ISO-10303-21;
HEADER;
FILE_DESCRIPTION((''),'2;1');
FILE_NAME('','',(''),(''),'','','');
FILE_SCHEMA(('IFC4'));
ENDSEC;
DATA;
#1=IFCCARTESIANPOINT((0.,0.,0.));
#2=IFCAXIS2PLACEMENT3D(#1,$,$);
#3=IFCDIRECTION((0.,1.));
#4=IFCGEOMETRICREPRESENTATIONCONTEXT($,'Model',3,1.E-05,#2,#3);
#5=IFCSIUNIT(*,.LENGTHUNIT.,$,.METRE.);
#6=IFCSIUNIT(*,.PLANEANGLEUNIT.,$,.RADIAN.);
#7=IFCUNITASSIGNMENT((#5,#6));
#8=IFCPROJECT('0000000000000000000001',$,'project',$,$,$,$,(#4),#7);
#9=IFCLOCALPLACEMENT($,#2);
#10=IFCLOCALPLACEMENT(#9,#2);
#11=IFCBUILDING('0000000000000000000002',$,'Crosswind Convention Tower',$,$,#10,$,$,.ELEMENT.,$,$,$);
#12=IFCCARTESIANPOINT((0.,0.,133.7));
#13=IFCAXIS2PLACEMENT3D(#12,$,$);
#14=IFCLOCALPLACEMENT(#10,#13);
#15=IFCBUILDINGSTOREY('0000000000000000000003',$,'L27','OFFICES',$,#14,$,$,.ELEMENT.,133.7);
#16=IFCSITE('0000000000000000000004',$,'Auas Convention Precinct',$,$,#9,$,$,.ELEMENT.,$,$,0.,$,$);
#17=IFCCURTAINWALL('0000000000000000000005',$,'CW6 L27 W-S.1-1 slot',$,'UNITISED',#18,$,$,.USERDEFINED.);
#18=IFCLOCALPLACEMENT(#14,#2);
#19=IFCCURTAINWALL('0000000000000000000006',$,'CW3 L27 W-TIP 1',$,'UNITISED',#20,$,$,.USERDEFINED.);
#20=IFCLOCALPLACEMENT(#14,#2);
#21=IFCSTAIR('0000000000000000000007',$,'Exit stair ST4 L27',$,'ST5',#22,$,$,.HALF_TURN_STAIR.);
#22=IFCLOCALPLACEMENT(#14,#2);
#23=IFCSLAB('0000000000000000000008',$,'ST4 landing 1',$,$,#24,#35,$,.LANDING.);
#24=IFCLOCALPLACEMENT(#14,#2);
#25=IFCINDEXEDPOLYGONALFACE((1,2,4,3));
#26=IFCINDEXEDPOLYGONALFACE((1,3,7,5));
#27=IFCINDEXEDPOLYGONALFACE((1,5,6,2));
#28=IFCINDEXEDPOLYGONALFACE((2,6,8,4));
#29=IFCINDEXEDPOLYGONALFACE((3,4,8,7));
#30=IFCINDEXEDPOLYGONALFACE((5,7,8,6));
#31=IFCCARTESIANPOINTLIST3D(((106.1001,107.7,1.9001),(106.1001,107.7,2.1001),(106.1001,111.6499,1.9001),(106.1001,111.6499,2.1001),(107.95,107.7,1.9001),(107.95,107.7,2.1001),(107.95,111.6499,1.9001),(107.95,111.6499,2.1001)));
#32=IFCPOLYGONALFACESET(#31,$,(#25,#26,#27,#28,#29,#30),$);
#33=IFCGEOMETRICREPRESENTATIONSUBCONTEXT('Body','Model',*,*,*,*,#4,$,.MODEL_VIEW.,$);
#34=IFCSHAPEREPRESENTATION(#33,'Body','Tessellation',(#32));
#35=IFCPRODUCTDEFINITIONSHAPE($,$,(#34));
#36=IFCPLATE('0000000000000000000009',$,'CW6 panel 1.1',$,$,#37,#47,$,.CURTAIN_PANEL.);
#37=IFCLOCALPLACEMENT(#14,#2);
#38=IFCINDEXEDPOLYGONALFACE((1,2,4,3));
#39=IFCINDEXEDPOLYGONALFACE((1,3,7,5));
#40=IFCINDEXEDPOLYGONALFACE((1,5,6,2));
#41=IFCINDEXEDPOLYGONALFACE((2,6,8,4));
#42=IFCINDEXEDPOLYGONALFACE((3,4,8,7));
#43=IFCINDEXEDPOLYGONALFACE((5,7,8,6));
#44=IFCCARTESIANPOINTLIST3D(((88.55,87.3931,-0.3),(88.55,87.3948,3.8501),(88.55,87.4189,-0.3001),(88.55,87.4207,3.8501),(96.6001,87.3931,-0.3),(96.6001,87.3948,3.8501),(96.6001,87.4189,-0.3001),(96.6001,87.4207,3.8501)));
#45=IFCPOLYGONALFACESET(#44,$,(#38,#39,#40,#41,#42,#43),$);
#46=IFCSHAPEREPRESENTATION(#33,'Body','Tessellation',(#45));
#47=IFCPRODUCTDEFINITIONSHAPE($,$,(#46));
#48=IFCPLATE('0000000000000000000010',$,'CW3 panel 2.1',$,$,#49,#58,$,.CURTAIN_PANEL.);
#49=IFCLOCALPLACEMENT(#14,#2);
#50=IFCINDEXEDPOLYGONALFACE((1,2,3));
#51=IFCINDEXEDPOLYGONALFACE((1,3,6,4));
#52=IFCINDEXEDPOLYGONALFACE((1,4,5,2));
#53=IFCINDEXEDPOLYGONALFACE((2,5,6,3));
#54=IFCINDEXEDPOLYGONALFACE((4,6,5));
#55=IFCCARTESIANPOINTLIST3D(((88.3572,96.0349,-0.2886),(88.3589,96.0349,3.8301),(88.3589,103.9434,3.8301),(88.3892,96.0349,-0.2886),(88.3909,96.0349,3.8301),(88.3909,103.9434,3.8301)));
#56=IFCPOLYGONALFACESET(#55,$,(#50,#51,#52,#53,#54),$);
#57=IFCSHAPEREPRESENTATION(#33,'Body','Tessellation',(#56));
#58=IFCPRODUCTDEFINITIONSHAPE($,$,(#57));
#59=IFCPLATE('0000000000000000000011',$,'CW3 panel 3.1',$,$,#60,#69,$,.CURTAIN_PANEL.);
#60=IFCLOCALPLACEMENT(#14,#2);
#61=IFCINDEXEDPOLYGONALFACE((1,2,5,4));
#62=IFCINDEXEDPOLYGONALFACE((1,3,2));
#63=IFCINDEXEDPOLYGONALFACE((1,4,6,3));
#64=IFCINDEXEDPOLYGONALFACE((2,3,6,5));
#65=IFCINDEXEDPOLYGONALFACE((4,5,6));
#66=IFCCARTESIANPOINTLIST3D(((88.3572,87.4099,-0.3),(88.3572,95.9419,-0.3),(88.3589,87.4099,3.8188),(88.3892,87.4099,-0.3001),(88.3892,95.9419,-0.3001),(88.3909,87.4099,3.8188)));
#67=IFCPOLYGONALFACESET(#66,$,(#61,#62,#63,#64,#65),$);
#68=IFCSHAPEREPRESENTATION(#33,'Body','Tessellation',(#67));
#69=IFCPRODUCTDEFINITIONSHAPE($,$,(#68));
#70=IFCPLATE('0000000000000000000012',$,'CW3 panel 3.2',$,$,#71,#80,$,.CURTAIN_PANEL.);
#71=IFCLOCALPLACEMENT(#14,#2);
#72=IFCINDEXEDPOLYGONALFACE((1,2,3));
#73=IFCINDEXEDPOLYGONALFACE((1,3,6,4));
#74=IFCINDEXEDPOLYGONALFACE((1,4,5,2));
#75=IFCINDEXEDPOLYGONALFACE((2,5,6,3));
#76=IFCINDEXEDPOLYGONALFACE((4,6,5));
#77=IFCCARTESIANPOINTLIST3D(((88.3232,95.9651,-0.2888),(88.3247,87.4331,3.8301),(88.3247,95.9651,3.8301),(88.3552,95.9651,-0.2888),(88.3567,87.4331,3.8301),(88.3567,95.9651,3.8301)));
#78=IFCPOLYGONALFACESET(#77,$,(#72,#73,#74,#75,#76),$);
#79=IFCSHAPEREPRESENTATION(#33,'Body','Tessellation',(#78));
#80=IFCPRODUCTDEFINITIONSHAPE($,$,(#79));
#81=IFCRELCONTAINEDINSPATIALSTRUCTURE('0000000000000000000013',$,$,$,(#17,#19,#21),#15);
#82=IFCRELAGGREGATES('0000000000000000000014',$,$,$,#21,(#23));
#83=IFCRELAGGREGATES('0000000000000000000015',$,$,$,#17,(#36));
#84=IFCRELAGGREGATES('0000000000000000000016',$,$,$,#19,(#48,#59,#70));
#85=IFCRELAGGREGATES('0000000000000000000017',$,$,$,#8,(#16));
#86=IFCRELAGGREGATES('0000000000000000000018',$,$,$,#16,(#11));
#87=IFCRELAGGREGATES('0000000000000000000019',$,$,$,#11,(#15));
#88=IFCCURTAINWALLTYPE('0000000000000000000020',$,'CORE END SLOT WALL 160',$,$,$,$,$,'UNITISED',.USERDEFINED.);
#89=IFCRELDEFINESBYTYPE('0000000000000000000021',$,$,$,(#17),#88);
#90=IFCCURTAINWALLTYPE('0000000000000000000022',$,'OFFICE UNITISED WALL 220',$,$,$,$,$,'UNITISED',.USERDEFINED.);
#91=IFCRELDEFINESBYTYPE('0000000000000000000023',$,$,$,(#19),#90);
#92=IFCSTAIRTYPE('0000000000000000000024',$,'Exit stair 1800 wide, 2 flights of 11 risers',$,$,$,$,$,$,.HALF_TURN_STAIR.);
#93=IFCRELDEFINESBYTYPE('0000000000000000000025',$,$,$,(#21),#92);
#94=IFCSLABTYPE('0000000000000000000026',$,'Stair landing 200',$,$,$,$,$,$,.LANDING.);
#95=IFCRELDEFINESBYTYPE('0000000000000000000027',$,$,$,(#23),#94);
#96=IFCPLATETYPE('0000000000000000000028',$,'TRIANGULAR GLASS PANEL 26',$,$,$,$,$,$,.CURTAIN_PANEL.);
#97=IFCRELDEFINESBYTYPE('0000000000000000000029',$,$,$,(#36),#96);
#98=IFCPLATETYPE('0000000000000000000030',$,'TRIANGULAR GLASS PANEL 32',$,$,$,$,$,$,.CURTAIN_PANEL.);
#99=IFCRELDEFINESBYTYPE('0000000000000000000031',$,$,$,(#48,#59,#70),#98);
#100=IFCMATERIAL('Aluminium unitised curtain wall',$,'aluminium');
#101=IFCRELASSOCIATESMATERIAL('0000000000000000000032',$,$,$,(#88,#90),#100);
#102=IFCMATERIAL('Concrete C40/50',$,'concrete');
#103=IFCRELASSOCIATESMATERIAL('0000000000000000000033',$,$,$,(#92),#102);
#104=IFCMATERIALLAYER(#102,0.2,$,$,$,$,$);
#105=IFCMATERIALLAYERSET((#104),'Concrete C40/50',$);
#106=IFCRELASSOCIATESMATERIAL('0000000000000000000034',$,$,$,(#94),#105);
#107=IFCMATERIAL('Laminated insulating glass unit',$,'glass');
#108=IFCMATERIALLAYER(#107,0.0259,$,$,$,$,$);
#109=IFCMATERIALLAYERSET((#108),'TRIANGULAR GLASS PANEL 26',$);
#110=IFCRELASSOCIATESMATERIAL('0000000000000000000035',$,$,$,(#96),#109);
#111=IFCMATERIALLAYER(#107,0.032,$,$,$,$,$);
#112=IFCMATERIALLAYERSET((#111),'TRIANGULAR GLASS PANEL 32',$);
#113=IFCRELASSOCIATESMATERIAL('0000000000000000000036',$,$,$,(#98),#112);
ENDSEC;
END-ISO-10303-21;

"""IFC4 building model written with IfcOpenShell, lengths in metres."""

from ifc_helpers import new_model, si_unit, direction, frame, origin, place, context, subcontext, project, spatial, polyline, outline, extrude, material, layer, layer_set, type_object, element, aggregate, save


model = new_model("IFC4")

# Units and contexts
model_context = context("Model", 3, precision=1e-05, world=origin(), true_north=direction((0.0, 1.0)))
body_context = subcontext(model_context, "Body", "Model", "MODEL_VIEW")
ifc_project = project(units=[si_unit("LENGTHUNIT", "METRE"), si_unit("PLANEANGLEUNIT", "RADIAN")], contexts=[model_context])

# Site, building, storey
site_placement = place(None, origin())
site = spatial("IfcSite", under=ifc_project, at=site_placement, Name="Auas Convention Precinct", CompositionType="ELEMENT", RefElevation=0.0)
building_placement = place(site_placement, origin())
building = spatial("IfcBuilding", under=site, at=building_placement, Name="Crosswind Convention Tower", CompositionType="ELEMENT")
storey_placement = place(building_placement, frame((0.0, 0.0, 133.7)))
storey = spatial("IfcBuildingStorey", under=building, at=storey_placement, Name="L27", Description="OFFICES", CompositionType="ELEMENT", Elevation=133.7)

# Curtain wall
ifc_material_1 = material(Name="Aluminium unitised curtain wall", Category="aluminium")
curtain_wall_type_1 = type_object("IfcCurtainWallType", Name="CORE END SLOT WALL 160", ElementType="UNITISED", PredefinedType="USERDEFINED", material=ifc_material_1)
curtain_wall_1_placement = place(storey_placement, origin())
curtain_wall_1 = element("IfcCurtainWall", 1, at=curtain_wall_1_placement, inside=storey, type_object=curtain_wall_type_1, Name="CW6 L27 W-S.1-1 slot", ObjectType="UNITISED", PredefinedType="USERDEFINED")

# Curtain wall
curtain_wall_type_2 = type_object("IfcCurtainWallType", Name="OFFICE UNITISED WALL 220", ElementType="UNITISED", PredefinedType="USERDEFINED", material=ifc_material_1)
curtain_wall_2_placement = place(storey_placement, origin())
curtain_wall_2 = element("IfcCurtainWall", 2, at=curtain_wall_2_placement, inside=storey, type_object=curtain_wall_type_2, Name="CW3 L27 W-TIP 1", ObjectType="UNITISED", PredefinedType="USERDEFINED")

# Shared definitions
ifc_material_2 = material(Name="Concrete C40/50", Category="concrete")

# Stair, slab
stair_type = type_object("IfcStairType", Name="Exit stair 1800 wide, 2 flights of 11 risers", PredefinedType="HALF_TURN_STAIR", material=ifc_material_2)
ifc_layer_1 = layer(ifc_material_2, 0.2)
ifc_layer_set_1 = layer_set([ifc_layer_1], Name="Concrete C40/50")
slab_type_1 = type_object("IfcSlabType", Name="Stair landing 200", PredefinedType="LANDING", material=ifc_layer_set_1)
stair_1_placement = place(storey_placement, origin())
stair_1 = element("IfcStair", 3, at=stair_1_placement, inside=storey, type_object=stair_type, Name="Exit stair ST4 L27", ObjectType="ST5", PredefinedType="HALF_TURN_STAIR")
slab_1_placement = place(storey_placement, frame((0.0, 0.0, 1.9001)))
slab_1 = element("IfcSlab", 4, at=slab_1_placement, type_object=slab_type_1, Name="ST4 landing 1", PredefinedType="LANDING", context=body_context, shape_type="SweptSolid", body=[
    extrude(outline(polyline([(107.95, 107.7), (107.95, 111.6499), (106.1001, 111.6499), (106.1001, 107.7), (107.95, 107.7)])), origin(), (0.0, 0.0, 1.0), 0.2),
])
aggregate(stair_1, [slab_1])

# Plates
ifc_material_3 = material(Name="Laminated insulating glass unit", Category="glass")
ifc_layer_2 = layer(ifc_material_3, 0.0259)
ifc_layer_set_2 = layer_set([ifc_layer_2], Name="TRIANGULAR GLASS PANEL 26")
plate_type_1 = type_object("IfcPlateType", Name="TRIANGULAR GLASS PANEL 26", PredefinedType="CURTAIN_PANEL", material=ifc_layer_set_2)
plate_1_placement = place(storey_placement, frame((88.55, 87.3931, -0.3), z_axis=(0.0, -1.0, 0.000412), x_axis=(1.0, 0.0, 0.0)))
plate_1 = element("IfcPlate", 5, at=plate_1_placement, type_object=plate_type_1, Name="CW6 panel 1.1", PredefinedType="CURTAIN_PANEL", context=body_context, shape_type="SweptSolid", body=[
    extrude(outline(polyline([(0.0, 0.0), (8.05, 0.0), (8.05, 4.1501), (0.0, 4.1501), (0.0, 0.0)])), origin(), (0.0, 0.0, -1.0), 0.0259),
])
aggregate(curtain_wall_1, [plate_1])
ifc_layer_3 = layer(ifc_material_3, 0.032)
ifc_layer_set_3 = layer_set([ifc_layer_3], Name="TRIANGULAR GLASS PANEL 32")
plate_type_2 = type_object("IfcPlateType", Name="TRIANGULAR GLASS PANEL 32", PredefinedType="CURTAIN_PANEL", material=ifc_layer_set_3)
plate_2_placement = place(storey_placement, frame((88.3589, 96.0349, 3.8301), z_axis=(-1.0, 0.0, 0.000415), x_axis=(0.0, 1.0, 0.0)))
plate_2 = element("IfcPlate", 6, at=plate_2_placement, type_object=plate_type_2, Name="CW3 panel 2.1", PredefinedType="CURTAIN_PANEL", context=body_context, shape_type="SweptSolid", body=[
    extrude(outline(polyline([(0.0, 0.0), (7.9084, 0.0), (0.0, 4.1187), (0.0, 0.0)])), origin(), (0.0, 0.0, -1.0), 0.032),
])
plate_3_placement = place(storey_placement, frame((88.3572, 87.4099, -0.3), z_axis=(-1.0, 0.0, 0.000415), x_axis=(0.000415, 0.0, 1.0)))
plate_3 = element("IfcPlate", 7, at=plate_3_placement, type_object=plate_type_2, Name="CW3 panel 3.1", PredefinedType="CURTAIN_PANEL", context=body_context, shape_type="SweptSolid", body=[
    extrude(outline(polyline([(0.0, 0.0), (4.1189, 0.0), (0.0, 8.532), (0.0, 0.0)])), origin(), (0.0, 0.0, -1.0), 0.032),
])
plate_4_placement = place(storey_placement, frame((88.3247, 95.9651, 3.8301), z_axis=(-1.0, 0.0, 0.000356), x_axis=(-0.000356, 0.0, -1.0)))
plate_4 = element("IfcPlate", 8, at=plate_4_placement, type_object=plate_type_2, Name="CW3 panel 3.2", PredefinedType="CURTAIN_PANEL", context=body_context, shape_type="SweptSolid", body=[
    extrude(outline(polyline([(0.0, 0.0), (4.1189, 0.0), (0.0, 8.532), (0.0, 0.0)])), origin(), (0.0, 0.0, -1.0), 0.032),
])
aggregate(curtain_wall_2, [plate_2, plate_3, plate_4])

save(model, "model.ifc")
